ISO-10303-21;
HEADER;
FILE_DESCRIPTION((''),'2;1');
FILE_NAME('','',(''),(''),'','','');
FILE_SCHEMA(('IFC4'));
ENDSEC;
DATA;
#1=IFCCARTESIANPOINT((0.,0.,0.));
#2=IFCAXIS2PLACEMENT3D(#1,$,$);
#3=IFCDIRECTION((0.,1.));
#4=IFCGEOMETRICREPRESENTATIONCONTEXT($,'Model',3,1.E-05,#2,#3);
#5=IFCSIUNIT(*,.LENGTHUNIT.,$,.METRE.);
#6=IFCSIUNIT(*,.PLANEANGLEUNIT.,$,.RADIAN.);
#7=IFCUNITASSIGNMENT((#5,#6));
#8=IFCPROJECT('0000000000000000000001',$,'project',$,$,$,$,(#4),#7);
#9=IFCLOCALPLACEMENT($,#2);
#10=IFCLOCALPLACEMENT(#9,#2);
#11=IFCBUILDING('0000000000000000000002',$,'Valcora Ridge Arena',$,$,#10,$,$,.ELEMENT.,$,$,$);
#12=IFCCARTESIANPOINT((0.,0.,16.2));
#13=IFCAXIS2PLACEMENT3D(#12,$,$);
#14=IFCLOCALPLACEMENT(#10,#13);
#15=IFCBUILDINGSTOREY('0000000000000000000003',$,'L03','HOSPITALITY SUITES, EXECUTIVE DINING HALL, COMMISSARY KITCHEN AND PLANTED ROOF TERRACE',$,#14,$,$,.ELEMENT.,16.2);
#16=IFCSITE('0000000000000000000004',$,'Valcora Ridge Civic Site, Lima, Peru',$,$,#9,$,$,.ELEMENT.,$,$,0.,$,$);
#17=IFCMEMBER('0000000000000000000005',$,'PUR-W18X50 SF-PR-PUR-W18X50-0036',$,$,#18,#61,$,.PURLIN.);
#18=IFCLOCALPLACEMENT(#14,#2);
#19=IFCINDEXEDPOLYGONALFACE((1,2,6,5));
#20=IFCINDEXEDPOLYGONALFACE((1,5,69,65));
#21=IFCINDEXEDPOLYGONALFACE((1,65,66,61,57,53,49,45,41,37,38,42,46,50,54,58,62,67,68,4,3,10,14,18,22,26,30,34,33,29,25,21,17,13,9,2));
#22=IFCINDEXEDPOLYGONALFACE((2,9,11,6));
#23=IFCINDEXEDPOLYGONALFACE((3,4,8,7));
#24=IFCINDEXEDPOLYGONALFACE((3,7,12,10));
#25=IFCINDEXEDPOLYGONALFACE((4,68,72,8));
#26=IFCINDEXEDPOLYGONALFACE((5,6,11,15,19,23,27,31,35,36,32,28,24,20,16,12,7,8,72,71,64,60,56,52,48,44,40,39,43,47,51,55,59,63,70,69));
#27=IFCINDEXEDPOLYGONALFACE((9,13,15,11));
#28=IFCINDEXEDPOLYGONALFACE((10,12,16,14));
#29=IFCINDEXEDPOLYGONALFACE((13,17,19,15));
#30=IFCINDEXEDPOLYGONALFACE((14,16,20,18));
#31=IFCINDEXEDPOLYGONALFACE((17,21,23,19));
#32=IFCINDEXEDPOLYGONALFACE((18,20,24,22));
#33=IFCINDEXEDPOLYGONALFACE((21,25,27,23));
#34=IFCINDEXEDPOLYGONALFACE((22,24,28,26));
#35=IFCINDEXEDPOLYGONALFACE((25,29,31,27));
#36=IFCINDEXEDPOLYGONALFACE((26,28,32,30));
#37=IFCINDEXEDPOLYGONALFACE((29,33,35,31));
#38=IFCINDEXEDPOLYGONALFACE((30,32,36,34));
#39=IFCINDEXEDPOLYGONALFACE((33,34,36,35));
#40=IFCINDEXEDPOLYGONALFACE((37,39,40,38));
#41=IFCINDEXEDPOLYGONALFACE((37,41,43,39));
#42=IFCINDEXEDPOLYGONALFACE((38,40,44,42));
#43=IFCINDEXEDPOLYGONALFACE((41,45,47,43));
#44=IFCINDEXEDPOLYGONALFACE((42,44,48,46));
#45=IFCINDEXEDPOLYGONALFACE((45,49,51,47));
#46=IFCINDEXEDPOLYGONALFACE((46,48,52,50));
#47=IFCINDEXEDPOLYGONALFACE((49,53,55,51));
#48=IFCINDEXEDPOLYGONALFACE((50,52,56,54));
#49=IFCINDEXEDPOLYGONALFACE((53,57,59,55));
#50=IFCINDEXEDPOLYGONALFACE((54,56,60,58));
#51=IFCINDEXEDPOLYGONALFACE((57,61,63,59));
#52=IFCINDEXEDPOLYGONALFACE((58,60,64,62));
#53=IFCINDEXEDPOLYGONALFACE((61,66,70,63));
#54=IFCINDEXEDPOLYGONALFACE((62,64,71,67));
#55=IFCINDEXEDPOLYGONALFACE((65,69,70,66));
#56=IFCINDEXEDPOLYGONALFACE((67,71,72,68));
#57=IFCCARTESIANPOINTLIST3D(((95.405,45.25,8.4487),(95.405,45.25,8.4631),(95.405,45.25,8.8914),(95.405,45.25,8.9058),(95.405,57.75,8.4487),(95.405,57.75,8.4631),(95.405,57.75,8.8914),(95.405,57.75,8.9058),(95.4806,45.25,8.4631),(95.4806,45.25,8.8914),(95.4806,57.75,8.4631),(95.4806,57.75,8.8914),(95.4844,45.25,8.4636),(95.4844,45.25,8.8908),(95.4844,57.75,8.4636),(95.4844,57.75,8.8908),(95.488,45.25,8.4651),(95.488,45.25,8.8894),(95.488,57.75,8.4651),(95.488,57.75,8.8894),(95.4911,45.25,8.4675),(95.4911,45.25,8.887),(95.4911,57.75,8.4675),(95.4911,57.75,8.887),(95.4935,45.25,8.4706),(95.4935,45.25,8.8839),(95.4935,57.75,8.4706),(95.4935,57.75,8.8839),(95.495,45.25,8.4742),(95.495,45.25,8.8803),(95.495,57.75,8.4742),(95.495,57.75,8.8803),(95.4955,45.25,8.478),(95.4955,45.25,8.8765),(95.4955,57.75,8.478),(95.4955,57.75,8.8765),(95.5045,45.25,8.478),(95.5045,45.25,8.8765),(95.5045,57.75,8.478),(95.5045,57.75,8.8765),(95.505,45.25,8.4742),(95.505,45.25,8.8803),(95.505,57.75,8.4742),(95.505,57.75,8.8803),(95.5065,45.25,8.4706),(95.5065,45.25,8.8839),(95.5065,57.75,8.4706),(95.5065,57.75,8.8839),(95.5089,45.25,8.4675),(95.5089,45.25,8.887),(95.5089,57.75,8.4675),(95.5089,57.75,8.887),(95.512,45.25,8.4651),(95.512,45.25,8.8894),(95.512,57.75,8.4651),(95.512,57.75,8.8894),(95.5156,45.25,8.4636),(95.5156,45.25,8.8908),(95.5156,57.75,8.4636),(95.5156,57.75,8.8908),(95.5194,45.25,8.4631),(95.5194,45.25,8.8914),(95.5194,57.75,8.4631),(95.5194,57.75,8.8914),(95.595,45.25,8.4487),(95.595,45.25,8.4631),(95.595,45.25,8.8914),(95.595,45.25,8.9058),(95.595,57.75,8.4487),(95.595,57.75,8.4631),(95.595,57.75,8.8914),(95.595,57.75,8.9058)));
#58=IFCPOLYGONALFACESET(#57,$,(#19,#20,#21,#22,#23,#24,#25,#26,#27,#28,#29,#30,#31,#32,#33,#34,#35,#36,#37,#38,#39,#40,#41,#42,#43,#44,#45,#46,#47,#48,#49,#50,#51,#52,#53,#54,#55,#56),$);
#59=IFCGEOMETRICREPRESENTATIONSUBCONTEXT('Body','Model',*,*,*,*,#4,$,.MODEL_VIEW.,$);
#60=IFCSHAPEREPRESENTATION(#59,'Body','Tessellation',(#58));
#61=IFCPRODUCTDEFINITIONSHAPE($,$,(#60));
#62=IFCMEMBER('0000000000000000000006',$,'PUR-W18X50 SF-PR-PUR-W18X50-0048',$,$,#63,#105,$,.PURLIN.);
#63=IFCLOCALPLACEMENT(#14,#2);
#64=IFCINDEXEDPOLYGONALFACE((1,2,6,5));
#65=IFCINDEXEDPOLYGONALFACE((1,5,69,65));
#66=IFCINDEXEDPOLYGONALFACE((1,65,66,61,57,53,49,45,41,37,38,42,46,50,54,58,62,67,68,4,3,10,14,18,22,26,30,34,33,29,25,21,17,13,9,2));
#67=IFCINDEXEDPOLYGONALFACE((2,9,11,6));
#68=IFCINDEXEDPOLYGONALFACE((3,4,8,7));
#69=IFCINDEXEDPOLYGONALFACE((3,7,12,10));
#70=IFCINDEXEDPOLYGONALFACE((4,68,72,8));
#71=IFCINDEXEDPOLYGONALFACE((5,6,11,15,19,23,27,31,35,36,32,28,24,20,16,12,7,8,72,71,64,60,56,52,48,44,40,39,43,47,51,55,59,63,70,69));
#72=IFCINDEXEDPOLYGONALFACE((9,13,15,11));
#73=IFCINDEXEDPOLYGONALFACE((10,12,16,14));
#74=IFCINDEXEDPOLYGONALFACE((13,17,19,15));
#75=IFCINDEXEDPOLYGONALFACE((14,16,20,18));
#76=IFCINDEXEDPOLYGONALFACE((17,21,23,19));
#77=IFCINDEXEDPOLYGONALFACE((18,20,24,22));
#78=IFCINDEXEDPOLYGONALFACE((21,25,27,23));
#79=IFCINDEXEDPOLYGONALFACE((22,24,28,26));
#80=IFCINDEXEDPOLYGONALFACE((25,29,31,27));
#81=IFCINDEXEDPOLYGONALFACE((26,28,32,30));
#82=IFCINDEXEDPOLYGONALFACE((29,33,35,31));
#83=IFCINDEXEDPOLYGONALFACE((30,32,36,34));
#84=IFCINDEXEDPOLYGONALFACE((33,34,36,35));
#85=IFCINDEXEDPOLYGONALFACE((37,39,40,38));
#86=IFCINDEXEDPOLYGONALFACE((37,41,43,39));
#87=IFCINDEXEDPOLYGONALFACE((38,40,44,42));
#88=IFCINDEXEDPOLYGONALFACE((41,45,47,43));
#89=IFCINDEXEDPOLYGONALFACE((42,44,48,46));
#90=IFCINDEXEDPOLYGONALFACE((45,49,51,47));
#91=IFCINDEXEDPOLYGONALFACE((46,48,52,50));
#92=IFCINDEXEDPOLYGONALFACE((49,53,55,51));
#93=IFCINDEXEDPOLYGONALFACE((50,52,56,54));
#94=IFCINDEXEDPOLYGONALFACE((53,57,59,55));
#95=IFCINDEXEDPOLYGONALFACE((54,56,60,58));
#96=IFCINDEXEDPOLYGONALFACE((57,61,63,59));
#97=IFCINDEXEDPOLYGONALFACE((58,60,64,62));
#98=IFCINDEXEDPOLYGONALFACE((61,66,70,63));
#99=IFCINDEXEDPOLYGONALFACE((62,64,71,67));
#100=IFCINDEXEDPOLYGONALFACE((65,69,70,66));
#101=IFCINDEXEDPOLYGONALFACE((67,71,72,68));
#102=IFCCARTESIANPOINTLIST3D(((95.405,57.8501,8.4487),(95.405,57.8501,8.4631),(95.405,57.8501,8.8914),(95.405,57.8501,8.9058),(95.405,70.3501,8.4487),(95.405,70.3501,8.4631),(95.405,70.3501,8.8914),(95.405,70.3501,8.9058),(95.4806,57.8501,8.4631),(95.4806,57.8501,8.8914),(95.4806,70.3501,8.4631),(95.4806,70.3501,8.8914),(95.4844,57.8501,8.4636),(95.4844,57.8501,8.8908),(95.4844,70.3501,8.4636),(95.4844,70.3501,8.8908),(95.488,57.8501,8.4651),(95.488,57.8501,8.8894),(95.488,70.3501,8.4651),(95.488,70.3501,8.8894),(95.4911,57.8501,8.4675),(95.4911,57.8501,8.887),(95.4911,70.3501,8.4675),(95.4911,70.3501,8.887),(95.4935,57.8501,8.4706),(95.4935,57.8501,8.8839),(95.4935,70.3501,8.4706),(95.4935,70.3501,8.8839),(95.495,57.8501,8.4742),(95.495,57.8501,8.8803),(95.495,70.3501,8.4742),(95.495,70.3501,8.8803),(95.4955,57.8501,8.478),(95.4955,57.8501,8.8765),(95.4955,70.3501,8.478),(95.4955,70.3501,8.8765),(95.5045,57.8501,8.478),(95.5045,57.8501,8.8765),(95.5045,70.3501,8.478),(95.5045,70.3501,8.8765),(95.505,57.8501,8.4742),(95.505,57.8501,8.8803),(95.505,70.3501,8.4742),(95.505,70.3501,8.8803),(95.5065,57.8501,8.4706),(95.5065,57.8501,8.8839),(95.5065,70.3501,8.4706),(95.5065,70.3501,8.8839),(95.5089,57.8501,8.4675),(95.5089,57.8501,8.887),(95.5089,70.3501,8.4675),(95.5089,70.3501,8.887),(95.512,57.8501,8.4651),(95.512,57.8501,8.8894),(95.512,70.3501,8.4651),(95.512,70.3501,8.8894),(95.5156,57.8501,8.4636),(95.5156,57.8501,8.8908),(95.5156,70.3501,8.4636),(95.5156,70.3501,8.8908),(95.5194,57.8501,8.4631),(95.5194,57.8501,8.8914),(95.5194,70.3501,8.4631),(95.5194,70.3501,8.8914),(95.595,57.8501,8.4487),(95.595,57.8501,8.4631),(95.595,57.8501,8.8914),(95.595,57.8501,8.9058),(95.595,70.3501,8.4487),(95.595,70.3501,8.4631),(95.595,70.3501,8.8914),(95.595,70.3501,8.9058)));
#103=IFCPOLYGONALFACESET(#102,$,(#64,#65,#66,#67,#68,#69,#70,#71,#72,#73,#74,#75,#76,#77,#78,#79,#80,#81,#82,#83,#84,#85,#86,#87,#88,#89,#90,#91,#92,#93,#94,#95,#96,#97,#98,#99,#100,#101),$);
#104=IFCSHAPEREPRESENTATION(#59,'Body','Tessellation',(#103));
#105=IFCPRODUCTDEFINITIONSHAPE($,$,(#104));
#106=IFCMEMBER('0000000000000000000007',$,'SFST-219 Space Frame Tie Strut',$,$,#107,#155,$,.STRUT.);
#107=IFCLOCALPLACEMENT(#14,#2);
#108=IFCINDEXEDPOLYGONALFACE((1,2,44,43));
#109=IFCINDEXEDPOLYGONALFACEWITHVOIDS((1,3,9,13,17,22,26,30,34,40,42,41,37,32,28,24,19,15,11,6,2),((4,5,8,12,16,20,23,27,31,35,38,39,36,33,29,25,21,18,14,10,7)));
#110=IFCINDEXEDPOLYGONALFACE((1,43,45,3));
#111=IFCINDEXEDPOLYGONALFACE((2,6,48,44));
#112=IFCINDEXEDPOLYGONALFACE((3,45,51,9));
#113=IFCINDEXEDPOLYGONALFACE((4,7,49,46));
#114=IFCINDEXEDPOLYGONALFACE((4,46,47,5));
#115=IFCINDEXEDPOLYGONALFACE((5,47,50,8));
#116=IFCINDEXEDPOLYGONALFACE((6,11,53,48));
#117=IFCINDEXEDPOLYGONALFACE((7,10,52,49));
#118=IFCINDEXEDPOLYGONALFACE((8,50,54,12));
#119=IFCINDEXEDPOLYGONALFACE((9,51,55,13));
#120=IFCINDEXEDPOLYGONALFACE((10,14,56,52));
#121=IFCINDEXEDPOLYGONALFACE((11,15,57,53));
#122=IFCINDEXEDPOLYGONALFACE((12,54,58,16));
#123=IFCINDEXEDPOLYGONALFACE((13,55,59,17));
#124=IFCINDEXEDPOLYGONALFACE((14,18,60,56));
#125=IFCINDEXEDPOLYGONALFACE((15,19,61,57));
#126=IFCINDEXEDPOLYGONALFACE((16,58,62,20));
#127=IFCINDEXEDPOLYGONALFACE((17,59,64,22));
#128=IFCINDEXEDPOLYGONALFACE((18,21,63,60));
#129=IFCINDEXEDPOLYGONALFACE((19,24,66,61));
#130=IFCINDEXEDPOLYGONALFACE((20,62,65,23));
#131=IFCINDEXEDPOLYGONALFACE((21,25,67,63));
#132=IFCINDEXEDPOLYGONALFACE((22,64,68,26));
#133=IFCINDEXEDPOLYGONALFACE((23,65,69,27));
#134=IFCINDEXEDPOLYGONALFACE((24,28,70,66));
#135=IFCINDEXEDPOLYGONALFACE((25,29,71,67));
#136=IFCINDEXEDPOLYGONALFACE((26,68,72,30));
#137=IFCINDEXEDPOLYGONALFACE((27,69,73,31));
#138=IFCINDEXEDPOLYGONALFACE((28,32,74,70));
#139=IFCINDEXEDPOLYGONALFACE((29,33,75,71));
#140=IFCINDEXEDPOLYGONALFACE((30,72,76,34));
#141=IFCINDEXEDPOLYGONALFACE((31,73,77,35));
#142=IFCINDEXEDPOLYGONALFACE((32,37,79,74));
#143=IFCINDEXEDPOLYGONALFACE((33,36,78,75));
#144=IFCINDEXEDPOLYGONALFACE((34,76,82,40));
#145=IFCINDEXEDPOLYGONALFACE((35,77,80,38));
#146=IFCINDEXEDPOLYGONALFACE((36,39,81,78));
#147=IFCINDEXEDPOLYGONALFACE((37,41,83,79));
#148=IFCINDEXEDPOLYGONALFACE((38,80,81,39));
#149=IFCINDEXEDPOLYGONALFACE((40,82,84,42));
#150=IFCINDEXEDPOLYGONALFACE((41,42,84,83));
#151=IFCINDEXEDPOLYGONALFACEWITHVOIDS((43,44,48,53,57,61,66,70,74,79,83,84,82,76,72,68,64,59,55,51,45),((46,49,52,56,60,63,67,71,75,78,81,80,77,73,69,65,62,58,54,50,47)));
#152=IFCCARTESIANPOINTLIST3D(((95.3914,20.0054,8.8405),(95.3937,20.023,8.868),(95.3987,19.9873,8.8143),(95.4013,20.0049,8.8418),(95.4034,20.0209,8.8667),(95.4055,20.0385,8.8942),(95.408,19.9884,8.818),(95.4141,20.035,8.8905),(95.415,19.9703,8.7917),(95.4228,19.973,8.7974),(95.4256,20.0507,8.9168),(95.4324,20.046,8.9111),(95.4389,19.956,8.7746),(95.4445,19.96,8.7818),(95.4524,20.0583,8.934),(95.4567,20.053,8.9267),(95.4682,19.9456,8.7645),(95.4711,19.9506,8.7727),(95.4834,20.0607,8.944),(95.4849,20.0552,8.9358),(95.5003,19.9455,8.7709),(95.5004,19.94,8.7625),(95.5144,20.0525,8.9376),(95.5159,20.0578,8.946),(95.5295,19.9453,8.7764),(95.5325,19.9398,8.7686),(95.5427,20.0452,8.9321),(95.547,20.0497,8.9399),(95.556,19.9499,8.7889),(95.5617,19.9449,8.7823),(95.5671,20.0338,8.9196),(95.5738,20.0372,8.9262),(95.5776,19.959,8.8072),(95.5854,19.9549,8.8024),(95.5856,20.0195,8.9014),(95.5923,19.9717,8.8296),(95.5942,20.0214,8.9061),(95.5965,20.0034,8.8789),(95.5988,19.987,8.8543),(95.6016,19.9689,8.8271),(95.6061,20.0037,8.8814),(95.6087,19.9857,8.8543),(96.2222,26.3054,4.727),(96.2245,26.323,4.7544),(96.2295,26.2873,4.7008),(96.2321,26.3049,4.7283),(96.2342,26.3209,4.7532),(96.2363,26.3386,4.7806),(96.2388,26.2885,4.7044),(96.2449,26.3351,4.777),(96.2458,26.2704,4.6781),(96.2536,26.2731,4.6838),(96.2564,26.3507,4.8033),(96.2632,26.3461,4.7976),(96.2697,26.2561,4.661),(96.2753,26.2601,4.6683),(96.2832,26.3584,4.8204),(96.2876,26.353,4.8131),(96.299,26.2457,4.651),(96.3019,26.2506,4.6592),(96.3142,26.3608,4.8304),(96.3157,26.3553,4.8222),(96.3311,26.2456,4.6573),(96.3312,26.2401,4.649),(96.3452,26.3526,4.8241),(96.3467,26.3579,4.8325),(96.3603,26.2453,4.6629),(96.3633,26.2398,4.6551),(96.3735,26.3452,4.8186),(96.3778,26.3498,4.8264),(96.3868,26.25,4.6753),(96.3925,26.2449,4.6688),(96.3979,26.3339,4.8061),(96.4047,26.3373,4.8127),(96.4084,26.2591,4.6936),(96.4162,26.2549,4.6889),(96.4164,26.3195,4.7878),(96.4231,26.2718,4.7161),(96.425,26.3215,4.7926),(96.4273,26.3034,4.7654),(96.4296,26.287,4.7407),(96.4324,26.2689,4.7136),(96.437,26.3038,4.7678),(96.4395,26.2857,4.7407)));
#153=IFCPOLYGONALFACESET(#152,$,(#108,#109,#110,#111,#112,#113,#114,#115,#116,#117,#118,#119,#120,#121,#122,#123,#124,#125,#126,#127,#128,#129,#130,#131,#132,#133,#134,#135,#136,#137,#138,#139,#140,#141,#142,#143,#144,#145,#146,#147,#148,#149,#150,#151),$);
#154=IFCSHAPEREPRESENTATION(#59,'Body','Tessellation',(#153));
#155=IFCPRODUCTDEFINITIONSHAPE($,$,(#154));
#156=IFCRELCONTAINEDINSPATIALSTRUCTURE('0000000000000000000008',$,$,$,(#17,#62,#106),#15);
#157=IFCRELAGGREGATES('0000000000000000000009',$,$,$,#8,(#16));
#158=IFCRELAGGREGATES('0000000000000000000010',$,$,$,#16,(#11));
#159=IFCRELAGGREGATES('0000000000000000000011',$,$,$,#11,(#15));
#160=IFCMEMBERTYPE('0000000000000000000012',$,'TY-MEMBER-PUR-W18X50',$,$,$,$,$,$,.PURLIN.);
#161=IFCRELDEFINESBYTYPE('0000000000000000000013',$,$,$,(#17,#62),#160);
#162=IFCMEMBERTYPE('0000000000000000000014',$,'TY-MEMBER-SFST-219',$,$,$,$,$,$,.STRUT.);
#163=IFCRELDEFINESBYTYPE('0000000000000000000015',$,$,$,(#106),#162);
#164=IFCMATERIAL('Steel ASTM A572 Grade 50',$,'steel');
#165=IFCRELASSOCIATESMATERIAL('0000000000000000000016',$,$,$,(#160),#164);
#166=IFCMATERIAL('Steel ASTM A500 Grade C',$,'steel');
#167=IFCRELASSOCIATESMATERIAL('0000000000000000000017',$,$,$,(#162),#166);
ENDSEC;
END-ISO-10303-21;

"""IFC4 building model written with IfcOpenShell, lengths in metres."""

from ifc_helpers import new_model, si_unit, direction, frame, origin, origin_2d, place, context, subcontext, project, spatial, hollow_circle, i_section, extrude, material, material_profile, profile_set, type_object, element, save


model = new_model("IFC4")

# Units and contexts
model_context = context("Model", 3, precision=1e-05, world=origin(), true_north=direction((0.0, 1.0)))
body_context = subcontext(model_context, "Body", "Model", "MODEL_VIEW")
ifc_project = project(units=[si_unit("LENGTHUNIT", "METRE"), si_unit("PLANEANGLEUNIT", "RADIAN")], contexts=[model_context])

# Site, building, storey
site_placement = place(None, origin())
site = spatial("IfcSite", under=ifc_project, at=site_placement, Name="Valcora Ridge Civic Site, Lima, Peru", CompositionType="ELEMENT", RefElevation=0.0)
building_placement = place(site_placement, origin())
building = spatial("IfcBuilding", under=site, at=building_placement, Name="Valcora Ridge Arena", CompositionType="ELEMENT")
storey_placement = place(building_placement, frame((0.0, 0.0, 16.2)))
storey = spatial("IfcBuildingStorey", under=building, at=storey_placement, Name="L03", Description="HOSPITALITY SUITES, EXECUTIVE DINING HALL, COMMISSARY KITCHEN AND PLANTED ROOF TERRACE", CompositionType="ELEMENT", Elevation=16.2)

# Members
ifc_material_1 = material(Name="Steel ASTM A572 Grade 50", Category="steel")
ifc_material_profile_1 = material_profile(ifc_material_1, i_section(OverallWidth=0.1899, OverallDepth=0.457, WebThickness=0.009, FlangeThickness=0.0144, FilletRadius=0.0149, at=origin_2d()), Name="W18X50")
ifc_profile_set_1 = profile_set([ifc_material_profile_1], Name="Steel ASTM A572 Grade 50")
member_type_1 = type_object("IfcMemberType", Name="TY-MEMBER-PUR-W18X50", PredefinedType="PURLIN", material=ifc_profile_set_1)
for number, where, z_axis, x_axis, name in (
    (1, (95.5, 45.25, 8.6772), (0.0, 1.0, 0.0), (-1.0, 0.0, 0.0), "PUR-W18X50 SF-PR-PUR-W18X50-0036"),
    (2, (95.5, 57.8501, 8.6772), (0.0, 1.0, 0.0), (-1.0, 0.0, 0.0), "PUR-W18X50 SF-PR-PUR-W18X50-0048"),
):
    element("IfcMember", number, at=place(storey_placement, frame(where, z_axis=z_axis, x_axis=x_axis)), inside=storey, type_object=member_type_1, Name=name, PredefinedType="PURLIN", context=body_context, shape_type="SweptSolid", body=[
        extrude(i_section(OverallWidth=0.1899, OverallDepth=0.457, WebThickness=0.009, FlangeThickness=0.0144, FilletRadius=0.0149, at=origin_2d()), origin(), (0.0, 0.0, 1.0), 12.5),
    ])
ifc_material_2 = material(Name="Steel ASTM A500 Grade C", Category="steel")
ifc_material_profile_2 = material_profile(ifc_material_2, hollow_circle(Radius=0.1096, WallThickness=0.01, at=origin_2d()), Name="CHS219X10")
ifc_profile_set_2 = profile_set([ifc_material_profile_2], Name="Steel ASTM A500 Grade C")
member_type_2 = type_object("IfcMemberType", Name="TY-MEMBER-SFST-219", PredefinedType="STRUT", material=ifc_profile_set_2)
member_1_placement = place(storey_placement, frame((96.3308, 26.3, 4.7407), z_axis=(-0.109753, -0.83226, 0.543412), x_axis=(0.991416, -0.130742, 0.0)))
element("IfcMember", 3, at=member_1_placement, inside=storey, type_object=member_type_2, Name="SFST-219 Space Frame Tie Strut", PredefinedType="STRUT", context=body_context, shape_type="SweptSolid", body=[
    extrude(hollow_circle(Radius=0.1096, WallThickness=0.01, at=origin_2d()), origin(), (0.0, 0.0, 1.0), 7.5698),
])

save(model, "model.ifc")
